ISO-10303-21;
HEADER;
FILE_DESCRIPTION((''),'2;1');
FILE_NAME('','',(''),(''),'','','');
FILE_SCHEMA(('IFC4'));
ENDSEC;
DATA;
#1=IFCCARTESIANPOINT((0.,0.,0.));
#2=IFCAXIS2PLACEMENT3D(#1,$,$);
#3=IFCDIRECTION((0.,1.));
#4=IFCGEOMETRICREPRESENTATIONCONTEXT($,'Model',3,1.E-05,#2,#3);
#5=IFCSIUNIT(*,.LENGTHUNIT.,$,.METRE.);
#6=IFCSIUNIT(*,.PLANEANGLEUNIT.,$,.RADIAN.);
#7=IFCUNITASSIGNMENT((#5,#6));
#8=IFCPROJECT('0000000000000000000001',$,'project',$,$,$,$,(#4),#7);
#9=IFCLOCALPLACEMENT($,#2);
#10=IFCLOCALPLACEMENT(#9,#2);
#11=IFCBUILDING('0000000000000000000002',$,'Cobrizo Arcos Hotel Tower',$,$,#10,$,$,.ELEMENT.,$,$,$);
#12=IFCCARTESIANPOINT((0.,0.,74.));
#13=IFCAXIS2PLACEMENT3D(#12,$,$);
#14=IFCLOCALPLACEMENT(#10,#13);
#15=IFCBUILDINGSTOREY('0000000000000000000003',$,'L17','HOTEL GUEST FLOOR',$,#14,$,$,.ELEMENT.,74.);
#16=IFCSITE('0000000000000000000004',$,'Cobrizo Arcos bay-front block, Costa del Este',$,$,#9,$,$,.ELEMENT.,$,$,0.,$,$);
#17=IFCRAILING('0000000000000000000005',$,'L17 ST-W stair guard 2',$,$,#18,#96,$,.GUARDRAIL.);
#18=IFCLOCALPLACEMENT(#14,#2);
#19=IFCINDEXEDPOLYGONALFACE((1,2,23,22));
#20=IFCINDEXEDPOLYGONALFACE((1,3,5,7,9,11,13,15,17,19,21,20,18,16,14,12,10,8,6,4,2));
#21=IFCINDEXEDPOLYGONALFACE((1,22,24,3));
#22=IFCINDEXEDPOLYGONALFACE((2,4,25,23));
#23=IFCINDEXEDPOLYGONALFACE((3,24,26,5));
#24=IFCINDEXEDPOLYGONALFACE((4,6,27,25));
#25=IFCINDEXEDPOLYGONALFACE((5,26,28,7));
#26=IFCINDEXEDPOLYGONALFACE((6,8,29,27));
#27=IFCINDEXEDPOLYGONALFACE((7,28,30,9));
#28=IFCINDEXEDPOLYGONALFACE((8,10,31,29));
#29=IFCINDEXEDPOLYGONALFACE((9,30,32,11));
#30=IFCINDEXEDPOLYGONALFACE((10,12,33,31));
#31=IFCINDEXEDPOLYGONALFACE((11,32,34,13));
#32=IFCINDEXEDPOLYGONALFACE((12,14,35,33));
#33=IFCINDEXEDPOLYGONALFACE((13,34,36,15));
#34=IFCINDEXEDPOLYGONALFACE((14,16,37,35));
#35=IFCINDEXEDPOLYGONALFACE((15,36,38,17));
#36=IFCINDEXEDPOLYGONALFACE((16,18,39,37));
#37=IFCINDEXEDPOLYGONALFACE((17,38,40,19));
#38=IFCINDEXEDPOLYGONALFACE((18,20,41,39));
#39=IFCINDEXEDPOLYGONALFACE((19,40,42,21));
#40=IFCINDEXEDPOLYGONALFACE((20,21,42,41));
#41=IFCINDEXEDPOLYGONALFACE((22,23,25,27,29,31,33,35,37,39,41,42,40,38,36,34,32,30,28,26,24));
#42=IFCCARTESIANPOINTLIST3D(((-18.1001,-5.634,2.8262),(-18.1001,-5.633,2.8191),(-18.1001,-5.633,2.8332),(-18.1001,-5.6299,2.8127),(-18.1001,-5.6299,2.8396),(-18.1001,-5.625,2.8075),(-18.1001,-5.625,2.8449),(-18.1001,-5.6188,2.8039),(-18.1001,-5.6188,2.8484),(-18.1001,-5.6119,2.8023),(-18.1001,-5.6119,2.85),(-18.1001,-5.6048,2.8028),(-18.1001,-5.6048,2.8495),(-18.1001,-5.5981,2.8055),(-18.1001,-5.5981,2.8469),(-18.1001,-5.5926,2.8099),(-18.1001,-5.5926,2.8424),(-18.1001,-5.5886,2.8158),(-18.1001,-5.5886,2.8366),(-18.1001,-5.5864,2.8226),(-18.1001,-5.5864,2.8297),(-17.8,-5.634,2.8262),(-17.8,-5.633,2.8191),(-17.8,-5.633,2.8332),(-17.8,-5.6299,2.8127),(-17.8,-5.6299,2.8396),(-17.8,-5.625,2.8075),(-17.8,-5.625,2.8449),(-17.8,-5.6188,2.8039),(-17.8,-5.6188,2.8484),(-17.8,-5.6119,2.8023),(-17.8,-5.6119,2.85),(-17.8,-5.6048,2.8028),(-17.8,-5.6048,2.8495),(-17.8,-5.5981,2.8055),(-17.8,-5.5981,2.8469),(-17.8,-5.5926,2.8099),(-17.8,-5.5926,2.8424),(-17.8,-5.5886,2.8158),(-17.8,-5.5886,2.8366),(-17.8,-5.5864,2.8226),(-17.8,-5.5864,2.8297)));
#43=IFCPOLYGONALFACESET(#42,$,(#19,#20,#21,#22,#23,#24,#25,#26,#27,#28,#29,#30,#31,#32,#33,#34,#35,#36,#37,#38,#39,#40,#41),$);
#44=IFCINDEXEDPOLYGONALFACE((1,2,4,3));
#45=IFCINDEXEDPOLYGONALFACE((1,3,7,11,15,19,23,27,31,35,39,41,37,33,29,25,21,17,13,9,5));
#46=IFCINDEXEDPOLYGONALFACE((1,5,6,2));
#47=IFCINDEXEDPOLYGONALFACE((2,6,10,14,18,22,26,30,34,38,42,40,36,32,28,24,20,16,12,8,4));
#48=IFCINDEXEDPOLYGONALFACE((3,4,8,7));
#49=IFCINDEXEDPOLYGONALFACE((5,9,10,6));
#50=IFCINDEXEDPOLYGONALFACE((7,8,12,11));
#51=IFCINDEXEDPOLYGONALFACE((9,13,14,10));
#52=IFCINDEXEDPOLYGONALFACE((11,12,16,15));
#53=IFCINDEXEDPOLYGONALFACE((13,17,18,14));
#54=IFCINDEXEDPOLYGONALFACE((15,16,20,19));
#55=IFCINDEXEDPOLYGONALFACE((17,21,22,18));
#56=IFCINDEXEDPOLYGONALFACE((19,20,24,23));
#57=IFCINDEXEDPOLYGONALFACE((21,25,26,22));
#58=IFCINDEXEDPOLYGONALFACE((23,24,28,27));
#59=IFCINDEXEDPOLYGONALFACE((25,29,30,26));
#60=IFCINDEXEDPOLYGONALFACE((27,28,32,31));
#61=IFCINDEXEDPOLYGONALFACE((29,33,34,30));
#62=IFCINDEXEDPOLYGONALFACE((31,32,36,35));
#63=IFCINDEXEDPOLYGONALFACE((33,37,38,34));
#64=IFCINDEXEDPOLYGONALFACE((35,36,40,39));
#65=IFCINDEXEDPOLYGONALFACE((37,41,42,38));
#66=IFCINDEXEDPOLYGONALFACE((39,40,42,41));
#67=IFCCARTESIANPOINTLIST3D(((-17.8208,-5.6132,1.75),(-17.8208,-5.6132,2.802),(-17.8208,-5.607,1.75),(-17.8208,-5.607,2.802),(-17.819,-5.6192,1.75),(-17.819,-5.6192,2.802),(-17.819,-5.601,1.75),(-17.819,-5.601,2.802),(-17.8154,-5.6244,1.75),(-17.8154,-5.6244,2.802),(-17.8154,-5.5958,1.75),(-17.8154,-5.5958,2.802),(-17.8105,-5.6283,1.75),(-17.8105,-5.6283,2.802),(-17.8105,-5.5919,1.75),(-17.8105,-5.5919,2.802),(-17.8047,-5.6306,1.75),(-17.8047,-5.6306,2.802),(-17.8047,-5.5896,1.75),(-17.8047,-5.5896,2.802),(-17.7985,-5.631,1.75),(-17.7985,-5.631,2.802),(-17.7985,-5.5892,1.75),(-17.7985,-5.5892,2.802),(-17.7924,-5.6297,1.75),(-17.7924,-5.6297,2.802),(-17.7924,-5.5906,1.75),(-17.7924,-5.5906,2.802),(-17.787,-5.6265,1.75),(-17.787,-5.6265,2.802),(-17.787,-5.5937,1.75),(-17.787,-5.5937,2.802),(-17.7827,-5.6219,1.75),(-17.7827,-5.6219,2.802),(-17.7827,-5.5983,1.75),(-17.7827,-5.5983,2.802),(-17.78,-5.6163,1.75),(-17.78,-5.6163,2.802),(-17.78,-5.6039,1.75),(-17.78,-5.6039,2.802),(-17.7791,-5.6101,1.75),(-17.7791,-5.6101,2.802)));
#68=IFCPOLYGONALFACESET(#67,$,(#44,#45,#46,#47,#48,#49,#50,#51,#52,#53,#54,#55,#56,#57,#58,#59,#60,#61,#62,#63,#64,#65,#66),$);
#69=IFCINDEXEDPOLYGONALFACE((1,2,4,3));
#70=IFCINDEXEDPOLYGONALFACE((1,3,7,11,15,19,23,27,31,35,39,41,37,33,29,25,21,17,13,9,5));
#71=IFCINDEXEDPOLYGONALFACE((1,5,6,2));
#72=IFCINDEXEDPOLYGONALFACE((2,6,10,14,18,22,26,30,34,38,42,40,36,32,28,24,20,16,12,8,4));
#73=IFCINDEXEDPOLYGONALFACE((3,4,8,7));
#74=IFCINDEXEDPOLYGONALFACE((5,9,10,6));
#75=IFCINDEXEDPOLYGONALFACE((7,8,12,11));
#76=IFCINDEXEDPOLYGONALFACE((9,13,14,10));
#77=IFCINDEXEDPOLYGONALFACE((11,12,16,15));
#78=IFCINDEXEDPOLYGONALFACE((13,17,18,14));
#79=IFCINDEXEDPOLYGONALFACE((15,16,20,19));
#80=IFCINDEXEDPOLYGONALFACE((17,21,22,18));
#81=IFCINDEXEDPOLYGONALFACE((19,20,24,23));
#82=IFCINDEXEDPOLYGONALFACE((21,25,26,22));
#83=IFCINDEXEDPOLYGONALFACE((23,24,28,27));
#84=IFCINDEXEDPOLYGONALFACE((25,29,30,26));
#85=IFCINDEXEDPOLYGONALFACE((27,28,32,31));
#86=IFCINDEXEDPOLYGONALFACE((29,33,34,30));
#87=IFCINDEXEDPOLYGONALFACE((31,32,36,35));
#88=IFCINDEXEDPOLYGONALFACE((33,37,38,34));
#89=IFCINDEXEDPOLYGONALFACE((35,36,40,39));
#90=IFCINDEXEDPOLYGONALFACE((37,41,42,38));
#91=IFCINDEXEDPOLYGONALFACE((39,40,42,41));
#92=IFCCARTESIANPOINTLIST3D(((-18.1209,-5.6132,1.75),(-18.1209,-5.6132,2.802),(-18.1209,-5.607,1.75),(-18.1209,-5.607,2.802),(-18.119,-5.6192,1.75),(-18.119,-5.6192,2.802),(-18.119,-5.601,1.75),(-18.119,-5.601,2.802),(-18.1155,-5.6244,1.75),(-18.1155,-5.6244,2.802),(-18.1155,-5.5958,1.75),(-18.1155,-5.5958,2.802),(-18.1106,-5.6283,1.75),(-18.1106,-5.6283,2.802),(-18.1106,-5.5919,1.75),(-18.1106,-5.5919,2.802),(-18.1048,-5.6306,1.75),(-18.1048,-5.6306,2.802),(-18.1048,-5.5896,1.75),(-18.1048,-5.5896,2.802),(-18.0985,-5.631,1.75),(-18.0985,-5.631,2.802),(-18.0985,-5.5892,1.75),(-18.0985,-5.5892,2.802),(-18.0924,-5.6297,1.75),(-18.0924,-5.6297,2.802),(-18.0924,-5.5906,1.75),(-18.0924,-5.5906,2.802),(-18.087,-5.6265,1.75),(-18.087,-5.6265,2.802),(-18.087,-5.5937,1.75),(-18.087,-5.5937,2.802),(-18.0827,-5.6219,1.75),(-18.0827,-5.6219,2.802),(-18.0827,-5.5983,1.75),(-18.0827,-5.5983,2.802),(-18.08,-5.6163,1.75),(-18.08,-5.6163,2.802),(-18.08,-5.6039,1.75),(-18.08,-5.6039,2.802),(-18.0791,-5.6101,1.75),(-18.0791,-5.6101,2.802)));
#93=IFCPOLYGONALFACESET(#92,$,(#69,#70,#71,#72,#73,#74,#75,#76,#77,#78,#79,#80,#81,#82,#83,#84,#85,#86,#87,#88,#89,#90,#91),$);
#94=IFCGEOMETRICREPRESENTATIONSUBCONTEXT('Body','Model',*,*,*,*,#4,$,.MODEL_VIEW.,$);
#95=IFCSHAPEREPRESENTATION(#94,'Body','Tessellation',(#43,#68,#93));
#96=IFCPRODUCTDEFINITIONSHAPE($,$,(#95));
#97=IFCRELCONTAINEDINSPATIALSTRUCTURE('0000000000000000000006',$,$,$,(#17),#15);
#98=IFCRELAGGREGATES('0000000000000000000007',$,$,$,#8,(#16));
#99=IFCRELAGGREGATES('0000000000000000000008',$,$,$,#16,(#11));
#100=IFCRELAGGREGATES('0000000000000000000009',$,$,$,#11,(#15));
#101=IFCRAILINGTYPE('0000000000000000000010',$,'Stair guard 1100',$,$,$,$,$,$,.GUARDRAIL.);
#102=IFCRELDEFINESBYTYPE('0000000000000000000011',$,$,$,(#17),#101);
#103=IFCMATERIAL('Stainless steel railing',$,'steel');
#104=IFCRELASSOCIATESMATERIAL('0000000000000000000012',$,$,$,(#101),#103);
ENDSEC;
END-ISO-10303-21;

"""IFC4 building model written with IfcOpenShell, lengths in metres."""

from ifc_helpers import new_model, si_unit, direction, frame, origin, origin_2d, place, context, subcontext, project, spatial, circle, extrude, material, type_object, element, save


model = new_model("IFC4")

# Units and contexts
model_context = context("Model", 3, precision=1e-05, world=origin(), true_north=direction((0.0, 1.0)))
body_context = subcontext(model_context, "Body", "Model", "MODEL_VIEW")
ifc_project = project(units=[si_unit("LENGTHUNIT", "METRE"), si_unit("PLANEANGLEUNIT", "RADIAN")], contexts=[model_context])

# Site, building, storey
site_placement = place(None, origin())
site = spatial("IfcSite", under=ifc_project, at=site_placement, Name="Cobrizo Arcos bay-front block, Costa del Este", CompositionType="ELEMENT", RefElevation=0.0)
building_placement = place(site_placement, origin())
building = spatial("IfcBuilding", under=site, at=building_placement, Name="Cobrizo Arcos Hotel Tower", CompositionType="ELEMENT")
storey_placement = place(building_placement, frame((0.0, 0.0, 74.0)))
storey = spatial("IfcBuildingStorey", under=building, at=storey_placement, Name="L17", Description="HOTEL GUEST FLOOR", CompositionType="ELEMENT", Elevation=74.0)

# Railing
ifc_material_1 = material(Name="Stainless steel railing", Category="steel")
railing_type_1 = type_object("IfcRailingType", Name="Stair guard 1100", PredefinedType="GUARDRAIL", material=ifc_material_1)
railing_1_placement = place(storey_placement, frame((-17.8, -5.6101, 1.75)))
element("IfcRailing", 1, at=railing_1_placement, inside=storey, type_object=railing_type_1, Name="L17 ST-W stair guard 2", PredefinedType="GUARDRAIL", context=body_context, shape_type="SweptSolid", body=[
    extrude(circle(Radius=0.0239, at=origin_2d()), frame((0.0, 0.0, 1.0762), z_axis=(-1.0, 0.0, 0.0), x_axis=(0.0, -1.0, 0.0)), (0.0, 0.0, 1.0), 0.3),
    extrude(circle(Radius=0.021, at=origin_2d()), origin(), (0.0, 0.0, 1.0), 1.052),
    extrude(circle(Radius=0.021, at=origin_2d()), frame((-0.3, 0.0, 0.0)), (0.0, 0.0, 1.0), 1.052),
])

save(model, "model.ifc")
